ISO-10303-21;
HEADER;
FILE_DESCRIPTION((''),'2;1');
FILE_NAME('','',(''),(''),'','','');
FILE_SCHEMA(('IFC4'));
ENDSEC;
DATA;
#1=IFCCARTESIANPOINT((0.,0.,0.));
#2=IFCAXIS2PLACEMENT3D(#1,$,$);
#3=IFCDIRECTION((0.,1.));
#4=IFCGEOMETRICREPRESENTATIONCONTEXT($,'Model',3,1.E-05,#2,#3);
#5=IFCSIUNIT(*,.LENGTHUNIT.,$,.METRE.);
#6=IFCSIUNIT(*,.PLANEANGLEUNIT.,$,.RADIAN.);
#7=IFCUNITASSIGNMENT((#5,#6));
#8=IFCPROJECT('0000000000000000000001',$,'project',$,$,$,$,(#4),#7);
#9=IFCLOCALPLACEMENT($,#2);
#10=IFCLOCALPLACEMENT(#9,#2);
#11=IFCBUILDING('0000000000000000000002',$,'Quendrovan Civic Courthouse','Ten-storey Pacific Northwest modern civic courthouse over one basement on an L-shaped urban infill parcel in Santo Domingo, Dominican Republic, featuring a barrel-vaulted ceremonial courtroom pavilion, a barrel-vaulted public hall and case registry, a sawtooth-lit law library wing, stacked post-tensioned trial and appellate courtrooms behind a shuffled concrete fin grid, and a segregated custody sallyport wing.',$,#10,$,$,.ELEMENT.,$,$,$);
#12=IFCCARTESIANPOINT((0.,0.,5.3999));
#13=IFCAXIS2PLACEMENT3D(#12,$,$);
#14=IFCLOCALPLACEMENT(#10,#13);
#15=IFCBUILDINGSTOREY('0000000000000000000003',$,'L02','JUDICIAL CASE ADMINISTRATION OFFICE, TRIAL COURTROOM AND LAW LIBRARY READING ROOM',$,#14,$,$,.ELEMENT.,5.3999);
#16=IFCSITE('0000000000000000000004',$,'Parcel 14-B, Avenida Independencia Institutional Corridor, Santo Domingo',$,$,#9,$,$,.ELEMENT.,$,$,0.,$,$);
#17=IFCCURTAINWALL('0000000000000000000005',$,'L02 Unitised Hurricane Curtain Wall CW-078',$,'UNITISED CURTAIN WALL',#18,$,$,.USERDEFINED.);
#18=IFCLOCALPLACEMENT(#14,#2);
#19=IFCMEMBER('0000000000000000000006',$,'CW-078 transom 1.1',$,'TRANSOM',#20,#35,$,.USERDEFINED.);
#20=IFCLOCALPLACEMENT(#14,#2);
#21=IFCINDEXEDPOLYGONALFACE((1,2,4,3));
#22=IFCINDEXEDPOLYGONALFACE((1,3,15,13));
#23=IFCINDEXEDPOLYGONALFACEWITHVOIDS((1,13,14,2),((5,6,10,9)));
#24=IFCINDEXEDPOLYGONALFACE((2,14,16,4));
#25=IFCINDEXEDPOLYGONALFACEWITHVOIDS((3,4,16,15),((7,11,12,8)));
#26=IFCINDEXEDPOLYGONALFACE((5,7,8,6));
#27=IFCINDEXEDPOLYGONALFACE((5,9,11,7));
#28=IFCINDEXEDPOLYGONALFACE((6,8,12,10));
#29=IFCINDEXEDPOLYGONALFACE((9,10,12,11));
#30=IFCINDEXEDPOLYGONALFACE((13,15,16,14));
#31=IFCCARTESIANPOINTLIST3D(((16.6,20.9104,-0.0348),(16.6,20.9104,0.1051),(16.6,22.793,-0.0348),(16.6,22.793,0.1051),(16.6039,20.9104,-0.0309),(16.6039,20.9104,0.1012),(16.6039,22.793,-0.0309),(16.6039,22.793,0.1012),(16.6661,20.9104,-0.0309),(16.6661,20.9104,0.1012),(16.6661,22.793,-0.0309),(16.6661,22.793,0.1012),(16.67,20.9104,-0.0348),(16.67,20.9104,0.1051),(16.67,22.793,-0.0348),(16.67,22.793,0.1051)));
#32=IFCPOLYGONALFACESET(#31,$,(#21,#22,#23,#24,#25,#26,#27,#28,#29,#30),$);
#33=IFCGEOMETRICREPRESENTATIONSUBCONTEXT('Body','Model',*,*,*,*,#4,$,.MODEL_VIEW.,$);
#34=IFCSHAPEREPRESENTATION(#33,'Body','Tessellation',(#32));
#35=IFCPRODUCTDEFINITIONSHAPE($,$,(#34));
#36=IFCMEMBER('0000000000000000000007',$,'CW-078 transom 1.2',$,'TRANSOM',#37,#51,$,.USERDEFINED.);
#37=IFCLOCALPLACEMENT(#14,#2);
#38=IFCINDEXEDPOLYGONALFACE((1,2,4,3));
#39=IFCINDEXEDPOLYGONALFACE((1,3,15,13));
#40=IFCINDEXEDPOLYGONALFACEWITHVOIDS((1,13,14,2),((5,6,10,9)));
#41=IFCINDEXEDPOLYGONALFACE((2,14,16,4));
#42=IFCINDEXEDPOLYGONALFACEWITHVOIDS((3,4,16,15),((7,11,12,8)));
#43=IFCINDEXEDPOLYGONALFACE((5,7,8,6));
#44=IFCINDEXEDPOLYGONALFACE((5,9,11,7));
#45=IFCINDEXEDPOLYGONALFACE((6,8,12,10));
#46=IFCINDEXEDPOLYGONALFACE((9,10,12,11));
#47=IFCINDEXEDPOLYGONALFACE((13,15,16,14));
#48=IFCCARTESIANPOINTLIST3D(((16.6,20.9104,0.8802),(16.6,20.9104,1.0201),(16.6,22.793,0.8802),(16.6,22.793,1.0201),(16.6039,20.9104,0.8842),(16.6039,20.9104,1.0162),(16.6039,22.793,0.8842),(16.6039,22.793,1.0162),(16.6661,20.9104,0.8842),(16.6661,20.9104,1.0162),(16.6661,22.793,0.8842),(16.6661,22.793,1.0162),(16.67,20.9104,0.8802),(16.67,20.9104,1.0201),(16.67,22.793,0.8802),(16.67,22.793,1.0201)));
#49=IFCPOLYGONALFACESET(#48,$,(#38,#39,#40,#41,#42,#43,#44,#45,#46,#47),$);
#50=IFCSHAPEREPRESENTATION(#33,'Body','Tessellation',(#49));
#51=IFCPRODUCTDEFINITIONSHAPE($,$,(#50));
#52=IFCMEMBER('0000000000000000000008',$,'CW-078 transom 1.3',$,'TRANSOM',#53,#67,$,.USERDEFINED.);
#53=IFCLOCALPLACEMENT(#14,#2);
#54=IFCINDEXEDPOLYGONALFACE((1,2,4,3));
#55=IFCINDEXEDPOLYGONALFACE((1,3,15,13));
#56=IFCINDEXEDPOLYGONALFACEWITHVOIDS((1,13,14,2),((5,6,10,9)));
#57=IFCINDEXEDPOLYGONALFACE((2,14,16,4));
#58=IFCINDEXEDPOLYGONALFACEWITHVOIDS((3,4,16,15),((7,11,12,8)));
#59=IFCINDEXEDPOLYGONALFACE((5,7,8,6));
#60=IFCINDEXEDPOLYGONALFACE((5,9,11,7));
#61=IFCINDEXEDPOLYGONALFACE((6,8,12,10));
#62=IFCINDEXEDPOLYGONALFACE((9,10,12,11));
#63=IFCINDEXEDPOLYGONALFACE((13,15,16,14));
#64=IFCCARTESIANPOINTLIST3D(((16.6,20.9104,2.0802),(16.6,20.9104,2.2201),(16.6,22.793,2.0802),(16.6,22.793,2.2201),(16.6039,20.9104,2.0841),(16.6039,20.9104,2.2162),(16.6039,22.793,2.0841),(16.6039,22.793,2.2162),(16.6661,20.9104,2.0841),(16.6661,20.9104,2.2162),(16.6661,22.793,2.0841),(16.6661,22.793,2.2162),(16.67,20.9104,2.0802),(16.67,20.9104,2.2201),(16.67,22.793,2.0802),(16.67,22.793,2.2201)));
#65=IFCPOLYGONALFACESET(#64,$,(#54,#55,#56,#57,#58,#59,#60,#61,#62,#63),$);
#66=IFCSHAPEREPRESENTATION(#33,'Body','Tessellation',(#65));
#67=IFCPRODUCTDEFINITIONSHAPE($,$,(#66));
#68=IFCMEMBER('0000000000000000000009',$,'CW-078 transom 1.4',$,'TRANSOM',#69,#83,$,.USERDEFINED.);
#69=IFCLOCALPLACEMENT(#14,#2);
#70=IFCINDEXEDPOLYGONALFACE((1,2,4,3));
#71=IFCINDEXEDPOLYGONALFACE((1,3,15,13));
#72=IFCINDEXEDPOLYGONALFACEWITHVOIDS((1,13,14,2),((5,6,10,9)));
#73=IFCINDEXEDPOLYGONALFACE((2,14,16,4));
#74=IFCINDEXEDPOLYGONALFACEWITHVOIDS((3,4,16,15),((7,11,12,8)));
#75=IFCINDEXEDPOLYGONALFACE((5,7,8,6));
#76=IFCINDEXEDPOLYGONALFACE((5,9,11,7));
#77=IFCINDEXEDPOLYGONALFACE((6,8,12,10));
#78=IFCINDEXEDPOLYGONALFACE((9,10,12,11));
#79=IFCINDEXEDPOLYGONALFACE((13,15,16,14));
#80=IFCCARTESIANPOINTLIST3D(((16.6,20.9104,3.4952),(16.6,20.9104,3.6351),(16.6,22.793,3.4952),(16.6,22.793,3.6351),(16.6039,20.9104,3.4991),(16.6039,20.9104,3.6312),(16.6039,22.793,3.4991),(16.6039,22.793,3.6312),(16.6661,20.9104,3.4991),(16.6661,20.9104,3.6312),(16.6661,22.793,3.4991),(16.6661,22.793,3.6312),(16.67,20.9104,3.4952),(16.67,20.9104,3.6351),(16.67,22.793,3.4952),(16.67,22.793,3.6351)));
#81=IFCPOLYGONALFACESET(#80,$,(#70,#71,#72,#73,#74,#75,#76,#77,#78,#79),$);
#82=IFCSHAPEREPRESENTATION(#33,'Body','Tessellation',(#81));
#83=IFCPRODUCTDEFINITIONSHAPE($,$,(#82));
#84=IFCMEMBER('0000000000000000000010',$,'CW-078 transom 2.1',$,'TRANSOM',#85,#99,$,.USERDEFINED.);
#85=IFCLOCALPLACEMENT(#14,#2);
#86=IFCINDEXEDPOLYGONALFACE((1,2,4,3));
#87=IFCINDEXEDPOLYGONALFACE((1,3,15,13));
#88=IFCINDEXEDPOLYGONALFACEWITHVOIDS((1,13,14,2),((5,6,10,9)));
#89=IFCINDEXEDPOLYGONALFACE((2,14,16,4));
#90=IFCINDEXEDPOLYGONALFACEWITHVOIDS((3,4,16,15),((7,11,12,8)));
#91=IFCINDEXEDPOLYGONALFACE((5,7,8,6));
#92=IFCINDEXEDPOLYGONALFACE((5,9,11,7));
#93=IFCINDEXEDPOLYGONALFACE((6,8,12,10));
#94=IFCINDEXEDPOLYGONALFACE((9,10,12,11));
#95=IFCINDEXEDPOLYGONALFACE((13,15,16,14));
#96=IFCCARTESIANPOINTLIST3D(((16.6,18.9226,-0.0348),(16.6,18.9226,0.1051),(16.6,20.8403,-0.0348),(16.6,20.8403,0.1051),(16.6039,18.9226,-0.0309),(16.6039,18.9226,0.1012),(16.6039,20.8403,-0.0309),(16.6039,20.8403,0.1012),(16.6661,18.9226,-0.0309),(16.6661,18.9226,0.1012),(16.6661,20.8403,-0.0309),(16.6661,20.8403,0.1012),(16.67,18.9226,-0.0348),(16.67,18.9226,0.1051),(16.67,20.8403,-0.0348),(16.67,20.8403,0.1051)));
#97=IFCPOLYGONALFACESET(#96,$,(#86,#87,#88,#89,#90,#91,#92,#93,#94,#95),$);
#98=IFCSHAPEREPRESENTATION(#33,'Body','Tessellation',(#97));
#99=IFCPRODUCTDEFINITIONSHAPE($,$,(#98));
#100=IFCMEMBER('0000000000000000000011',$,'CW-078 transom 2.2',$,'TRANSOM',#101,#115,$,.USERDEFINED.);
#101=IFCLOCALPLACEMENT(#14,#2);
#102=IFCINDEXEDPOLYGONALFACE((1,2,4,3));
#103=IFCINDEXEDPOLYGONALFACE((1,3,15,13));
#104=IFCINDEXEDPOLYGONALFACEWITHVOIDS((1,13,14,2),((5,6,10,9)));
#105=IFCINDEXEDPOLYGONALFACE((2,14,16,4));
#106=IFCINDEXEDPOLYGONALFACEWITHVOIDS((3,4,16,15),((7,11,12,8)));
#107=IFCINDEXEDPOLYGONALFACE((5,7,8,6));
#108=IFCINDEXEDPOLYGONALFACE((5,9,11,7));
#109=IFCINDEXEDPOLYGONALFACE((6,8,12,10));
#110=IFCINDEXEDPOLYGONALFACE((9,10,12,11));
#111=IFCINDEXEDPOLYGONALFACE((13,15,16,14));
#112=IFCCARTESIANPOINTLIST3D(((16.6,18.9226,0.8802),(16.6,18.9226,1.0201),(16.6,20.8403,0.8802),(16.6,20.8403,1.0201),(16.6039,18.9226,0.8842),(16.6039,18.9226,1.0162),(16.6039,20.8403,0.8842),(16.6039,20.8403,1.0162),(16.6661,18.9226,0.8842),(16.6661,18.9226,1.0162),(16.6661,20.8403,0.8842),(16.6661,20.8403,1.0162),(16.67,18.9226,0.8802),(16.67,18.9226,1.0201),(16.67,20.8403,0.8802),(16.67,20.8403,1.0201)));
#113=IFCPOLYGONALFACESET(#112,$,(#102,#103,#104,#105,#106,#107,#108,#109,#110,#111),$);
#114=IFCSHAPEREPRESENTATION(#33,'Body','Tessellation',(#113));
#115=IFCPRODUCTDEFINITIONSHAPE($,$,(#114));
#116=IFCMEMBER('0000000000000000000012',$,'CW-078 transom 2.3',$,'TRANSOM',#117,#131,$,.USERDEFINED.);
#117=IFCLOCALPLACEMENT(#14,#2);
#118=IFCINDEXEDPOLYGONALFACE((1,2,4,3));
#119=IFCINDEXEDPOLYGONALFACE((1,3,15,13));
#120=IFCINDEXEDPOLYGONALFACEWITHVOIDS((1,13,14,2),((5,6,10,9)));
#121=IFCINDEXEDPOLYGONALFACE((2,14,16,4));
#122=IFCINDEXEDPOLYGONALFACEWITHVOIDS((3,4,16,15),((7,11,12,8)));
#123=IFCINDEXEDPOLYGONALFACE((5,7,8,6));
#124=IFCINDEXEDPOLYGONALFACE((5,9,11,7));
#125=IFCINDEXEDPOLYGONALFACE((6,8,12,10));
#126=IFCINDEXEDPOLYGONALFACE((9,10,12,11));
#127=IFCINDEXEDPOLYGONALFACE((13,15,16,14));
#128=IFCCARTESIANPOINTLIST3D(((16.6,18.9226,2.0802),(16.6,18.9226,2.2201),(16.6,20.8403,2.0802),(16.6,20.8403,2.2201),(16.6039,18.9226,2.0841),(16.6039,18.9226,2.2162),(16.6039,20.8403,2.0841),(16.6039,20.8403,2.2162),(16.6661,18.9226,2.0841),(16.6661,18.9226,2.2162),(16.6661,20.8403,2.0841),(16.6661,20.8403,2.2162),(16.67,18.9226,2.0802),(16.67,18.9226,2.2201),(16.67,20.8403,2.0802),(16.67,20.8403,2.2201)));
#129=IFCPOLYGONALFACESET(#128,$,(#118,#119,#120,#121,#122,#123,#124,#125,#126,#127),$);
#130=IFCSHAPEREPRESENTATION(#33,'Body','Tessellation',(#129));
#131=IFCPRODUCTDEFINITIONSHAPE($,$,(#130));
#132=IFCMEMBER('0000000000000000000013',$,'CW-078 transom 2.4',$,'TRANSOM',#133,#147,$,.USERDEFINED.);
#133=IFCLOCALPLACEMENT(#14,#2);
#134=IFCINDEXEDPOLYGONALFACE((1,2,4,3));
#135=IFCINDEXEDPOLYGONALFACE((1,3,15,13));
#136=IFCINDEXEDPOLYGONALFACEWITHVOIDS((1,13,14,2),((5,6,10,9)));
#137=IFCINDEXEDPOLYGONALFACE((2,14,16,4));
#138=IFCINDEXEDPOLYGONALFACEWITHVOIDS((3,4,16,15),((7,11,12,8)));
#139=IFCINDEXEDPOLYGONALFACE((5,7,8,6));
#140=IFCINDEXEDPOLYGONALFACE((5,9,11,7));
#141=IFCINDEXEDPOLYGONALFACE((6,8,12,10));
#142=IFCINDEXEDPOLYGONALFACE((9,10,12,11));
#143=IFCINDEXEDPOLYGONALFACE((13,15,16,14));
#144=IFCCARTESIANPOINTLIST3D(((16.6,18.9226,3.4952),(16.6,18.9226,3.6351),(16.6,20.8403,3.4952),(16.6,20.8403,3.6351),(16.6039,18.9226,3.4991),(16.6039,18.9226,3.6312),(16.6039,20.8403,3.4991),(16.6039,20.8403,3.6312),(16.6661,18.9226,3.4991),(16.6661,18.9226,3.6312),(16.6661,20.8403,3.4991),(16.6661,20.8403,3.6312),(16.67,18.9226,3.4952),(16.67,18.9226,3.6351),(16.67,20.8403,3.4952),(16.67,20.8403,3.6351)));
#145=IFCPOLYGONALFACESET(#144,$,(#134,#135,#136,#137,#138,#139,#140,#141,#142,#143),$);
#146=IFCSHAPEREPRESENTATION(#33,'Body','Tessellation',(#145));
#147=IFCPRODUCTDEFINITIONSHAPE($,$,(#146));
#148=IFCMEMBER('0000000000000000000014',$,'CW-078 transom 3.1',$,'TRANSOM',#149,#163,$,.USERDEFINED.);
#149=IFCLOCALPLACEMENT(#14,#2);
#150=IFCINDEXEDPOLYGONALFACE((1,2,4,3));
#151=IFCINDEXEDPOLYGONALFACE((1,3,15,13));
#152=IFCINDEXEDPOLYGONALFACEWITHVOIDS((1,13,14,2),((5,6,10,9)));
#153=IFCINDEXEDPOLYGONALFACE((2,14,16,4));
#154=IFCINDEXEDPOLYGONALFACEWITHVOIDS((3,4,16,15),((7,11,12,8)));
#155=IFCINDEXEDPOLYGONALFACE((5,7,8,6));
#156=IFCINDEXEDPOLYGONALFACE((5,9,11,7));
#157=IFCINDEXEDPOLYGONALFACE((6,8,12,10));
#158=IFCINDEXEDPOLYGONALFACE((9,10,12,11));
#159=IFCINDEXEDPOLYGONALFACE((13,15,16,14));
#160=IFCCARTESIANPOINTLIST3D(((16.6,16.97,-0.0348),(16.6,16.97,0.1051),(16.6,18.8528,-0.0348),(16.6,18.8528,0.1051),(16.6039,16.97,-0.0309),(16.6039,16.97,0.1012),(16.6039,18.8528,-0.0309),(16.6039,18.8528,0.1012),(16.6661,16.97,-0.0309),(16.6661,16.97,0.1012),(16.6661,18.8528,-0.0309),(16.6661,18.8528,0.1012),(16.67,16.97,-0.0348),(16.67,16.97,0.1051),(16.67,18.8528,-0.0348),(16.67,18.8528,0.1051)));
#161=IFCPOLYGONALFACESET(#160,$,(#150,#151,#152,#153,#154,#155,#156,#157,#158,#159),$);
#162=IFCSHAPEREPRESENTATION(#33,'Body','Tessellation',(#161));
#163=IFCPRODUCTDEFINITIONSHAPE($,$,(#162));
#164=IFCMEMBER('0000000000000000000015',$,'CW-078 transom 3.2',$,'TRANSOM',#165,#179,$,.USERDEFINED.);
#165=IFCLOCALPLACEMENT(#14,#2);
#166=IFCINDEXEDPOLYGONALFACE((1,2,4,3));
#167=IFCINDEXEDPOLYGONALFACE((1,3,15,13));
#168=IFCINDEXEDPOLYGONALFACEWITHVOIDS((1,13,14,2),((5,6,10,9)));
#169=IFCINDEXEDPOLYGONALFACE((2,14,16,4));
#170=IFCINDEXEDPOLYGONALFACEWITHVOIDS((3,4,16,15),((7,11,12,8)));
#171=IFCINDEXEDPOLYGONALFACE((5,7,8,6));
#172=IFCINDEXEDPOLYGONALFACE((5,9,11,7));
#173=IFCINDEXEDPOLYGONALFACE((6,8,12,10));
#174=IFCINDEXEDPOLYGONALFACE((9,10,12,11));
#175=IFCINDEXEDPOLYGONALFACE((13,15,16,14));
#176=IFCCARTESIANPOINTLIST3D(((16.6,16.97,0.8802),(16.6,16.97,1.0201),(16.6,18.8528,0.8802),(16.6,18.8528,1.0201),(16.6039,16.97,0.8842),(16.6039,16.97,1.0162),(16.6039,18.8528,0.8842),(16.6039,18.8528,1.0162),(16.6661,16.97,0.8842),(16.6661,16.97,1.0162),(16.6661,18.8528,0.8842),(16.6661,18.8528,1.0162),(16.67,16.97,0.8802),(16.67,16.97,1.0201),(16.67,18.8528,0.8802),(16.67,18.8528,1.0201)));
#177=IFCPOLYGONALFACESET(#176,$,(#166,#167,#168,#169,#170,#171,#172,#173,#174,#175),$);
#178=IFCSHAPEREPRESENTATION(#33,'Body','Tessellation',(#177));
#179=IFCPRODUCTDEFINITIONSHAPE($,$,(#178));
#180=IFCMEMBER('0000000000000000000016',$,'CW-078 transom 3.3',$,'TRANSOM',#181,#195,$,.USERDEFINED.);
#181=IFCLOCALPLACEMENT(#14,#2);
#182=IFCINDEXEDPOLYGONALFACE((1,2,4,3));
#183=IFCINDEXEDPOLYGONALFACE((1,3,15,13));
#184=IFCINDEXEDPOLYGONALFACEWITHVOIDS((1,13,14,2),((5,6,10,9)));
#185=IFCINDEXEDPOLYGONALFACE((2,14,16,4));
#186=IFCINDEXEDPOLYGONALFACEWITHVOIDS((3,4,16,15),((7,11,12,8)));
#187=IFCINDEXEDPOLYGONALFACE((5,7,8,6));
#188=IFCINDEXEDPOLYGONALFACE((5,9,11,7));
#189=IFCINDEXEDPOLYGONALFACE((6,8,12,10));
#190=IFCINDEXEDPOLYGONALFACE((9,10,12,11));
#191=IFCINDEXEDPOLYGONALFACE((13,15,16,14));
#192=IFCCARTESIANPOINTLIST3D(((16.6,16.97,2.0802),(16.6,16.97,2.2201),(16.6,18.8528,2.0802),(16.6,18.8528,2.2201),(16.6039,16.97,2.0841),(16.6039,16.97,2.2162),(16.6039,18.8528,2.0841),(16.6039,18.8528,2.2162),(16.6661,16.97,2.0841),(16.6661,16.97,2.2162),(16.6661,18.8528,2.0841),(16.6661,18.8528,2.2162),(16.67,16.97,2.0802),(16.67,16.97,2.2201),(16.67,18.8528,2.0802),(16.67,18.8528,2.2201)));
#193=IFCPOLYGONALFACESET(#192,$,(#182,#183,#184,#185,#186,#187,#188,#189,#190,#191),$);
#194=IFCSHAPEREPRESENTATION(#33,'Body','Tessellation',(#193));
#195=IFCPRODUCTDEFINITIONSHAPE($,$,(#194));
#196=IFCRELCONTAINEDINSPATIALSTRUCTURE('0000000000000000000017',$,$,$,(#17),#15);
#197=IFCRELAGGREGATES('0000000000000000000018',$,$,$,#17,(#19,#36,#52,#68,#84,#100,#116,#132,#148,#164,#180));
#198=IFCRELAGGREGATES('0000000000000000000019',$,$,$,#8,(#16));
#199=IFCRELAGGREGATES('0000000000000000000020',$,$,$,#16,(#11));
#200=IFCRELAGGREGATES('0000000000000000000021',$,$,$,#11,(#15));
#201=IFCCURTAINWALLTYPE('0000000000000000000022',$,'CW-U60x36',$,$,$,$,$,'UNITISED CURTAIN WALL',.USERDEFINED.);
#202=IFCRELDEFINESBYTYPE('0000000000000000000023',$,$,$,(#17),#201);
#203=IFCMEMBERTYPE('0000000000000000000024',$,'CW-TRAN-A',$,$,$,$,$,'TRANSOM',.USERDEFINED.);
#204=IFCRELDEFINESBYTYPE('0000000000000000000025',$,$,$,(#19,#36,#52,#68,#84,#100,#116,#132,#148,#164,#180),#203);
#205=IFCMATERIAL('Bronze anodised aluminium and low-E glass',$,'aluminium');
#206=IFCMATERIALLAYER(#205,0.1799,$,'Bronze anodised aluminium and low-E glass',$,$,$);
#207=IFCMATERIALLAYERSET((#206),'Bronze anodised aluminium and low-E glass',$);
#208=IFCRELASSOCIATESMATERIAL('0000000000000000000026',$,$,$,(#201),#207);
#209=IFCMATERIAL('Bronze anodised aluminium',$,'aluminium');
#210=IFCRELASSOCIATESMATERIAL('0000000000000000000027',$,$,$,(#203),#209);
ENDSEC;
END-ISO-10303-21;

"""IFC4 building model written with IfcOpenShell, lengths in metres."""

from ifc_helpers import new_model, si_unit, direction, frame, origin, origin_2d, place, context, subcontext, project, spatial, hollow_rectangle, extrude, material, layer, layer_set, material_profile, profile_set, type_object, element, aggregate, save


model = new_model("IFC4")

# Units and contexts
model_context = context("Model", 3, precision=1e-05, world=origin(), true_north=direction((0.0, 1.0)))
body_context = subcontext(model_context, "Body", "Model", "MODEL_VIEW")
ifc_project = project(units=[si_unit("LENGTHUNIT", "METRE"), si_unit("PLANEANGLEUNIT", "RADIAN")], contexts=[model_context])

# Site, building, storey
site_placement = place(None, origin())
site = spatial("IfcSite", under=ifc_project, at=site_placement, Name="Parcel 14-B, Avenida Independencia Institutional Corridor, Santo Domingo", CompositionType="ELEMENT", RefElevation=0.0)
building_placement = place(site_placement, origin())
building = spatial("IfcBuilding", under=site, at=building_placement, Name="Quendrovan Civic Courthouse", Description="Ten-storey Pacific Northwest modern civic courthouse over one basement on an L-shaped urban infill parcel in Santo Domingo, Dominican Republic, featuring a barrel-vaulted ceremonial courtroom pavilion, a barrel-vaulted public hall and case registry, a sawtooth-lit law library wing, stacked post-tensioned trial and appellate courtrooms behind a shuffled concrete fin grid, and a segregated custody sallyport wing.", CompositionType="ELEMENT")
storey_placement = place(building_placement, frame((0.0, 0.0, 5.3999)))
storey = spatial("IfcBuildingStorey", under=building, at=storey_placement, Name="L02", Description="JUDICIAL CASE ADMINISTRATION OFFICE, TRIAL COURTROOM AND LAW LIBRARY READING ROOM", CompositionType="ELEMENT", Elevation=5.3999)

# Curtain wall, members
ifc_material_1 = material(Name="Bronze anodised aluminium and low-E glass", Category="aluminium")
ifc_layer_1 = layer(ifc_material_1, 0.1799, Name="Bronze anodised aluminium and low-E glass")
ifc_layer_set_1 = layer_set([ifc_layer_1], Name="Bronze anodised aluminium and low-E glass")
curtain_wall_type = type_object("IfcCurtainWallType", Name="CW-U60x36", ElementType="UNITISED CURTAIN WALL", PredefinedType="USERDEFINED", material=ifc_layer_set_1)
curtain_wall_placement = place(storey_placement, origin())
curtain_wall = element("IfcCurtainWall", 1, at=curtain_wall_placement, inside=storey, type_object=curtain_wall_type, Name="L02 Unitised Hurricane Curtain Wall CW-078", ObjectType="UNITISED CURTAIN WALL", PredefinedType="USERDEFINED")
ifc_material_2 = material(Name="Bronze anodised aluminium", Category="aluminium")
ifc_material_profile_1 = material_profile(ifc_material_2, hollow_rectangle(XDim=0.0701, YDim=0.1399, WallThickness=0.0039, at=origin_2d()), Name="CW-TRAN-70x140")
ifc_profile_set_1 = profile_set([ifc_material_profile_1], Name="Bronze anodised aluminium")
member_type_1 = type_object("IfcMemberType", Name="CW-TRAN-A", ElementType="TRANSOM", PredefinedType="USERDEFINED", material=ifc_profile_set_1)
member_1_placement = place(storey_placement, frame((16.635, 22.793, 0.0352), z_axis=(0.0, -1.0, 0.0), x_axis=(1.0, 0.0, 0.0)))
member_1 = element("IfcMember", 2, at=member_1_placement, type_object=member_type_1, Name="CW-078 transom 1.1", ObjectType="TRANSOM", PredefinedType="USERDEFINED", context=body_context, shape_type="SweptSolid", body=[
    extrude(hollow_rectangle(XDim=0.0701, YDim=0.1399, WallThickness=0.0039, at=origin_2d()), origin(), (0.0, 0.0, 1.0), 1.8826),
])
member_2_placement = place(storey_placement, frame((16.635, 22.793, 0.9502), z_axis=(0.0, -1.0, 0.0), x_axis=(1.0, 0.0, 0.0)))
member_2 = element("IfcMember", 3, at=member_2_placement, type_object=member_type_1, Name="CW-078 transom 1.2", ObjectType="TRANSOM", PredefinedType="USERDEFINED", context=body_context, shape_type="SweptSolid", body=[
    extrude(hollow_rectangle(XDim=0.0701, YDim=0.1399, WallThickness=0.0039, at=origin_2d()), origin(), (0.0, 0.0, 1.0), 1.8826),
])
member_3_placement = place(storey_placement, frame((16.635, 22.793, 2.1501), z_axis=(0.0, -1.0, 0.0), x_axis=(1.0, 0.0, 0.0)))
member_3 = element("IfcMember", 4, at=member_3_placement, type_object=member_type_1, Name="CW-078 transom 1.3", ObjectType="TRANSOM", PredefinedType="USERDEFINED", context=body_context, shape_type="SweptSolid", body=[
    extrude(hollow_rectangle(XDim=0.0701, YDim=0.1399, WallThickness=0.0039, at=origin_2d()), origin(), (0.0, 0.0, 1.0), 1.8826),
])
member_4_placement = place(storey_placement, frame((16.635, 22.793, 3.5652), z_axis=(0.0, -1.0, 0.0), x_axis=(1.0, 0.0, 0.0)))
member_4 = element("IfcMember", 5, at=member_4_placement, type_object=member_type_1, Name="CW-078 transom 1.4", ObjectType="TRANSOM", PredefinedType="USERDEFINED", context=body_context, shape_type="SweptSolid", body=[
    extrude(hollow_rectangle(XDim=0.0701, YDim=0.1399, WallThickness=0.0039, at=origin_2d()), origin(), (0.0, 0.0, 1.0), 1.8826),
])
member_5_placement = place(storey_placement, frame((16.635, 20.8403, 0.0352), z_axis=(0.0, -1.0, 0.0), x_axis=(1.0, 0.0, 0.0)))
member_5 = element("IfcMember", 6, at=member_5_placement, type_object=member_type_1, Name="CW-078 transom 2.1", ObjectType="TRANSOM", PredefinedType="USERDEFINED", context=body_context, shape_type="SweptSolid", body=[
    extrude(hollow_rectangle(XDim=0.0701, YDim=0.1399, WallThickness=0.0039, at=origin_2d()), origin(), (0.0, 0.0, 1.0), 1.9177),
])
member_6_placement = place(storey_placement, frame((16.635, 20.8403, 0.9502), z_axis=(0.0, -1.0, 0.0), x_axis=(1.0, 0.0, 0.0)))
member_6 = element("IfcMember", 7, at=member_6_placement, type_object=member_type_1, Name="CW-078 transom 2.2", ObjectType="TRANSOM", PredefinedType="USERDEFINED", context=body_context, shape_type="SweptSolid", body=[
    extrude(hollow_rectangle(XDim=0.0701, YDim=0.1399, WallThickness=0.0039, at=origin_2d()), origin(), (0.0, 0.0, 1.0), 1.9177),
])
member_7_placement = place(storey_placement, frame((16.635, 20.8403, 2.1501), z_axis=(0.0, -1.0, 0.0), x_axis=(1.0, 0.0, 0.0)))
member_7 = element("IfcMember", 8, at=member_7_placement, type_object=member_type_1, Name="CW-078 transom 2.3", ObjectType="TRANSOM", PredefinedType="USERDEFINED", context=body_context, shape_type="SweptSolid", body=[
    extrude(hollow_rectangle(XDim=0.0701, YDim=0.1399, WallThickness=0.0039, at=origin_2d()), origin(), (0.0, 0.0, 1.0), 1.9177),
])
member_8_placement = place(storey_placement, frame((16.635, 20.8403, 3.5652), z_axis=(0.0, -1.0, 0.0), x_axis=(1.0, 0.0, 0.0)))
member_8 = element("IfcMember", 9, at=member_8_placement, type_object=member_type_1, Name="CW-078 transom 2.4", ObjectType="TRANSOM", PredefinedType="USERDEFINED", context=body_context, shape_type="SweptSolid", body=[
    extrude(hollow_rectangle(XDim=0.0701, YDim=0.1399, WallThickness=0.0039, at=origin_2d()), origin(), (0.0, 0.0, 1.0), 1.9177),
])
member_9_placement = place(storey_placement, frame((16.635, 18.8528, 0.0352), z_axis=(0.0, -1.0, 0.0), x_axis=(1.0, 0.0, 0.0)))
member_9 = element("IfcMember", 10, at=member_9_placement, type_object=member_type_1, Name="CW-078 transom 3.1", ObjectType="TRANSOM", PredefinedType="USERDEFINED", context=body_context, shape_type="SweptSolid", body=[
    extrude(hollow_rectangle(XDim=0.0701, YDim=0.1399, WallThickness=0.0039, at=origin_2d()), origin(), (0.0, 0.0, 1.0), 1.8828),
])
member_10_placement = place(storey_placement, frame((16.635, 18.8528, 0.9502), z_axis=(0.0, -1.0, 0.0), x_axis=(1.0, 0.0, 0.0)))
member_10 = element("IfcMember", 11, at=member_10_placement, type_object=member_type_1, Name="CW-078 transom 3.2", ObjectType="TRANSOM", PredefinedType="USERDEFINED", context=body_context, shape_type="SweptSolid", body=[
    extrude(hollow_rectangle(XDim=0.0701, YDim=0.1399, WallThickness=0.0039, at=origin_2d()), origin(), (0.0, 0.0, 1.0), 1.8828),
])
member_11_placement = place(storey_placement, frame((16.635, 18.8528, 2.1501), z_axis=(0.0, -1.0, 0.0), x_axis=(1.0, 0.0, 0.0)))
member_11 = element("IfcMember", 12, at=member_11_placement, type_object=member_type_1, Name="CW-078 transom 3.3", ObjectType="TRANSOM", PredefinedType="USERDEFINED", context=body_context, shape_type="SweptSolid", body=[
    extrude(hollow_rectangle(XDim=0.0701, YDim=0.1399, WallThickness=0.0039, at=origin_2d()), origin(), (0.0, 0.0, 1.0), 1.8828),
])
aggregate(curtain_wall, [member_1, member_2, member_3, member_4, member_5, member_6, member_7, member_8, member_9, member_10, member_11])

save(model, "model.ifc")
